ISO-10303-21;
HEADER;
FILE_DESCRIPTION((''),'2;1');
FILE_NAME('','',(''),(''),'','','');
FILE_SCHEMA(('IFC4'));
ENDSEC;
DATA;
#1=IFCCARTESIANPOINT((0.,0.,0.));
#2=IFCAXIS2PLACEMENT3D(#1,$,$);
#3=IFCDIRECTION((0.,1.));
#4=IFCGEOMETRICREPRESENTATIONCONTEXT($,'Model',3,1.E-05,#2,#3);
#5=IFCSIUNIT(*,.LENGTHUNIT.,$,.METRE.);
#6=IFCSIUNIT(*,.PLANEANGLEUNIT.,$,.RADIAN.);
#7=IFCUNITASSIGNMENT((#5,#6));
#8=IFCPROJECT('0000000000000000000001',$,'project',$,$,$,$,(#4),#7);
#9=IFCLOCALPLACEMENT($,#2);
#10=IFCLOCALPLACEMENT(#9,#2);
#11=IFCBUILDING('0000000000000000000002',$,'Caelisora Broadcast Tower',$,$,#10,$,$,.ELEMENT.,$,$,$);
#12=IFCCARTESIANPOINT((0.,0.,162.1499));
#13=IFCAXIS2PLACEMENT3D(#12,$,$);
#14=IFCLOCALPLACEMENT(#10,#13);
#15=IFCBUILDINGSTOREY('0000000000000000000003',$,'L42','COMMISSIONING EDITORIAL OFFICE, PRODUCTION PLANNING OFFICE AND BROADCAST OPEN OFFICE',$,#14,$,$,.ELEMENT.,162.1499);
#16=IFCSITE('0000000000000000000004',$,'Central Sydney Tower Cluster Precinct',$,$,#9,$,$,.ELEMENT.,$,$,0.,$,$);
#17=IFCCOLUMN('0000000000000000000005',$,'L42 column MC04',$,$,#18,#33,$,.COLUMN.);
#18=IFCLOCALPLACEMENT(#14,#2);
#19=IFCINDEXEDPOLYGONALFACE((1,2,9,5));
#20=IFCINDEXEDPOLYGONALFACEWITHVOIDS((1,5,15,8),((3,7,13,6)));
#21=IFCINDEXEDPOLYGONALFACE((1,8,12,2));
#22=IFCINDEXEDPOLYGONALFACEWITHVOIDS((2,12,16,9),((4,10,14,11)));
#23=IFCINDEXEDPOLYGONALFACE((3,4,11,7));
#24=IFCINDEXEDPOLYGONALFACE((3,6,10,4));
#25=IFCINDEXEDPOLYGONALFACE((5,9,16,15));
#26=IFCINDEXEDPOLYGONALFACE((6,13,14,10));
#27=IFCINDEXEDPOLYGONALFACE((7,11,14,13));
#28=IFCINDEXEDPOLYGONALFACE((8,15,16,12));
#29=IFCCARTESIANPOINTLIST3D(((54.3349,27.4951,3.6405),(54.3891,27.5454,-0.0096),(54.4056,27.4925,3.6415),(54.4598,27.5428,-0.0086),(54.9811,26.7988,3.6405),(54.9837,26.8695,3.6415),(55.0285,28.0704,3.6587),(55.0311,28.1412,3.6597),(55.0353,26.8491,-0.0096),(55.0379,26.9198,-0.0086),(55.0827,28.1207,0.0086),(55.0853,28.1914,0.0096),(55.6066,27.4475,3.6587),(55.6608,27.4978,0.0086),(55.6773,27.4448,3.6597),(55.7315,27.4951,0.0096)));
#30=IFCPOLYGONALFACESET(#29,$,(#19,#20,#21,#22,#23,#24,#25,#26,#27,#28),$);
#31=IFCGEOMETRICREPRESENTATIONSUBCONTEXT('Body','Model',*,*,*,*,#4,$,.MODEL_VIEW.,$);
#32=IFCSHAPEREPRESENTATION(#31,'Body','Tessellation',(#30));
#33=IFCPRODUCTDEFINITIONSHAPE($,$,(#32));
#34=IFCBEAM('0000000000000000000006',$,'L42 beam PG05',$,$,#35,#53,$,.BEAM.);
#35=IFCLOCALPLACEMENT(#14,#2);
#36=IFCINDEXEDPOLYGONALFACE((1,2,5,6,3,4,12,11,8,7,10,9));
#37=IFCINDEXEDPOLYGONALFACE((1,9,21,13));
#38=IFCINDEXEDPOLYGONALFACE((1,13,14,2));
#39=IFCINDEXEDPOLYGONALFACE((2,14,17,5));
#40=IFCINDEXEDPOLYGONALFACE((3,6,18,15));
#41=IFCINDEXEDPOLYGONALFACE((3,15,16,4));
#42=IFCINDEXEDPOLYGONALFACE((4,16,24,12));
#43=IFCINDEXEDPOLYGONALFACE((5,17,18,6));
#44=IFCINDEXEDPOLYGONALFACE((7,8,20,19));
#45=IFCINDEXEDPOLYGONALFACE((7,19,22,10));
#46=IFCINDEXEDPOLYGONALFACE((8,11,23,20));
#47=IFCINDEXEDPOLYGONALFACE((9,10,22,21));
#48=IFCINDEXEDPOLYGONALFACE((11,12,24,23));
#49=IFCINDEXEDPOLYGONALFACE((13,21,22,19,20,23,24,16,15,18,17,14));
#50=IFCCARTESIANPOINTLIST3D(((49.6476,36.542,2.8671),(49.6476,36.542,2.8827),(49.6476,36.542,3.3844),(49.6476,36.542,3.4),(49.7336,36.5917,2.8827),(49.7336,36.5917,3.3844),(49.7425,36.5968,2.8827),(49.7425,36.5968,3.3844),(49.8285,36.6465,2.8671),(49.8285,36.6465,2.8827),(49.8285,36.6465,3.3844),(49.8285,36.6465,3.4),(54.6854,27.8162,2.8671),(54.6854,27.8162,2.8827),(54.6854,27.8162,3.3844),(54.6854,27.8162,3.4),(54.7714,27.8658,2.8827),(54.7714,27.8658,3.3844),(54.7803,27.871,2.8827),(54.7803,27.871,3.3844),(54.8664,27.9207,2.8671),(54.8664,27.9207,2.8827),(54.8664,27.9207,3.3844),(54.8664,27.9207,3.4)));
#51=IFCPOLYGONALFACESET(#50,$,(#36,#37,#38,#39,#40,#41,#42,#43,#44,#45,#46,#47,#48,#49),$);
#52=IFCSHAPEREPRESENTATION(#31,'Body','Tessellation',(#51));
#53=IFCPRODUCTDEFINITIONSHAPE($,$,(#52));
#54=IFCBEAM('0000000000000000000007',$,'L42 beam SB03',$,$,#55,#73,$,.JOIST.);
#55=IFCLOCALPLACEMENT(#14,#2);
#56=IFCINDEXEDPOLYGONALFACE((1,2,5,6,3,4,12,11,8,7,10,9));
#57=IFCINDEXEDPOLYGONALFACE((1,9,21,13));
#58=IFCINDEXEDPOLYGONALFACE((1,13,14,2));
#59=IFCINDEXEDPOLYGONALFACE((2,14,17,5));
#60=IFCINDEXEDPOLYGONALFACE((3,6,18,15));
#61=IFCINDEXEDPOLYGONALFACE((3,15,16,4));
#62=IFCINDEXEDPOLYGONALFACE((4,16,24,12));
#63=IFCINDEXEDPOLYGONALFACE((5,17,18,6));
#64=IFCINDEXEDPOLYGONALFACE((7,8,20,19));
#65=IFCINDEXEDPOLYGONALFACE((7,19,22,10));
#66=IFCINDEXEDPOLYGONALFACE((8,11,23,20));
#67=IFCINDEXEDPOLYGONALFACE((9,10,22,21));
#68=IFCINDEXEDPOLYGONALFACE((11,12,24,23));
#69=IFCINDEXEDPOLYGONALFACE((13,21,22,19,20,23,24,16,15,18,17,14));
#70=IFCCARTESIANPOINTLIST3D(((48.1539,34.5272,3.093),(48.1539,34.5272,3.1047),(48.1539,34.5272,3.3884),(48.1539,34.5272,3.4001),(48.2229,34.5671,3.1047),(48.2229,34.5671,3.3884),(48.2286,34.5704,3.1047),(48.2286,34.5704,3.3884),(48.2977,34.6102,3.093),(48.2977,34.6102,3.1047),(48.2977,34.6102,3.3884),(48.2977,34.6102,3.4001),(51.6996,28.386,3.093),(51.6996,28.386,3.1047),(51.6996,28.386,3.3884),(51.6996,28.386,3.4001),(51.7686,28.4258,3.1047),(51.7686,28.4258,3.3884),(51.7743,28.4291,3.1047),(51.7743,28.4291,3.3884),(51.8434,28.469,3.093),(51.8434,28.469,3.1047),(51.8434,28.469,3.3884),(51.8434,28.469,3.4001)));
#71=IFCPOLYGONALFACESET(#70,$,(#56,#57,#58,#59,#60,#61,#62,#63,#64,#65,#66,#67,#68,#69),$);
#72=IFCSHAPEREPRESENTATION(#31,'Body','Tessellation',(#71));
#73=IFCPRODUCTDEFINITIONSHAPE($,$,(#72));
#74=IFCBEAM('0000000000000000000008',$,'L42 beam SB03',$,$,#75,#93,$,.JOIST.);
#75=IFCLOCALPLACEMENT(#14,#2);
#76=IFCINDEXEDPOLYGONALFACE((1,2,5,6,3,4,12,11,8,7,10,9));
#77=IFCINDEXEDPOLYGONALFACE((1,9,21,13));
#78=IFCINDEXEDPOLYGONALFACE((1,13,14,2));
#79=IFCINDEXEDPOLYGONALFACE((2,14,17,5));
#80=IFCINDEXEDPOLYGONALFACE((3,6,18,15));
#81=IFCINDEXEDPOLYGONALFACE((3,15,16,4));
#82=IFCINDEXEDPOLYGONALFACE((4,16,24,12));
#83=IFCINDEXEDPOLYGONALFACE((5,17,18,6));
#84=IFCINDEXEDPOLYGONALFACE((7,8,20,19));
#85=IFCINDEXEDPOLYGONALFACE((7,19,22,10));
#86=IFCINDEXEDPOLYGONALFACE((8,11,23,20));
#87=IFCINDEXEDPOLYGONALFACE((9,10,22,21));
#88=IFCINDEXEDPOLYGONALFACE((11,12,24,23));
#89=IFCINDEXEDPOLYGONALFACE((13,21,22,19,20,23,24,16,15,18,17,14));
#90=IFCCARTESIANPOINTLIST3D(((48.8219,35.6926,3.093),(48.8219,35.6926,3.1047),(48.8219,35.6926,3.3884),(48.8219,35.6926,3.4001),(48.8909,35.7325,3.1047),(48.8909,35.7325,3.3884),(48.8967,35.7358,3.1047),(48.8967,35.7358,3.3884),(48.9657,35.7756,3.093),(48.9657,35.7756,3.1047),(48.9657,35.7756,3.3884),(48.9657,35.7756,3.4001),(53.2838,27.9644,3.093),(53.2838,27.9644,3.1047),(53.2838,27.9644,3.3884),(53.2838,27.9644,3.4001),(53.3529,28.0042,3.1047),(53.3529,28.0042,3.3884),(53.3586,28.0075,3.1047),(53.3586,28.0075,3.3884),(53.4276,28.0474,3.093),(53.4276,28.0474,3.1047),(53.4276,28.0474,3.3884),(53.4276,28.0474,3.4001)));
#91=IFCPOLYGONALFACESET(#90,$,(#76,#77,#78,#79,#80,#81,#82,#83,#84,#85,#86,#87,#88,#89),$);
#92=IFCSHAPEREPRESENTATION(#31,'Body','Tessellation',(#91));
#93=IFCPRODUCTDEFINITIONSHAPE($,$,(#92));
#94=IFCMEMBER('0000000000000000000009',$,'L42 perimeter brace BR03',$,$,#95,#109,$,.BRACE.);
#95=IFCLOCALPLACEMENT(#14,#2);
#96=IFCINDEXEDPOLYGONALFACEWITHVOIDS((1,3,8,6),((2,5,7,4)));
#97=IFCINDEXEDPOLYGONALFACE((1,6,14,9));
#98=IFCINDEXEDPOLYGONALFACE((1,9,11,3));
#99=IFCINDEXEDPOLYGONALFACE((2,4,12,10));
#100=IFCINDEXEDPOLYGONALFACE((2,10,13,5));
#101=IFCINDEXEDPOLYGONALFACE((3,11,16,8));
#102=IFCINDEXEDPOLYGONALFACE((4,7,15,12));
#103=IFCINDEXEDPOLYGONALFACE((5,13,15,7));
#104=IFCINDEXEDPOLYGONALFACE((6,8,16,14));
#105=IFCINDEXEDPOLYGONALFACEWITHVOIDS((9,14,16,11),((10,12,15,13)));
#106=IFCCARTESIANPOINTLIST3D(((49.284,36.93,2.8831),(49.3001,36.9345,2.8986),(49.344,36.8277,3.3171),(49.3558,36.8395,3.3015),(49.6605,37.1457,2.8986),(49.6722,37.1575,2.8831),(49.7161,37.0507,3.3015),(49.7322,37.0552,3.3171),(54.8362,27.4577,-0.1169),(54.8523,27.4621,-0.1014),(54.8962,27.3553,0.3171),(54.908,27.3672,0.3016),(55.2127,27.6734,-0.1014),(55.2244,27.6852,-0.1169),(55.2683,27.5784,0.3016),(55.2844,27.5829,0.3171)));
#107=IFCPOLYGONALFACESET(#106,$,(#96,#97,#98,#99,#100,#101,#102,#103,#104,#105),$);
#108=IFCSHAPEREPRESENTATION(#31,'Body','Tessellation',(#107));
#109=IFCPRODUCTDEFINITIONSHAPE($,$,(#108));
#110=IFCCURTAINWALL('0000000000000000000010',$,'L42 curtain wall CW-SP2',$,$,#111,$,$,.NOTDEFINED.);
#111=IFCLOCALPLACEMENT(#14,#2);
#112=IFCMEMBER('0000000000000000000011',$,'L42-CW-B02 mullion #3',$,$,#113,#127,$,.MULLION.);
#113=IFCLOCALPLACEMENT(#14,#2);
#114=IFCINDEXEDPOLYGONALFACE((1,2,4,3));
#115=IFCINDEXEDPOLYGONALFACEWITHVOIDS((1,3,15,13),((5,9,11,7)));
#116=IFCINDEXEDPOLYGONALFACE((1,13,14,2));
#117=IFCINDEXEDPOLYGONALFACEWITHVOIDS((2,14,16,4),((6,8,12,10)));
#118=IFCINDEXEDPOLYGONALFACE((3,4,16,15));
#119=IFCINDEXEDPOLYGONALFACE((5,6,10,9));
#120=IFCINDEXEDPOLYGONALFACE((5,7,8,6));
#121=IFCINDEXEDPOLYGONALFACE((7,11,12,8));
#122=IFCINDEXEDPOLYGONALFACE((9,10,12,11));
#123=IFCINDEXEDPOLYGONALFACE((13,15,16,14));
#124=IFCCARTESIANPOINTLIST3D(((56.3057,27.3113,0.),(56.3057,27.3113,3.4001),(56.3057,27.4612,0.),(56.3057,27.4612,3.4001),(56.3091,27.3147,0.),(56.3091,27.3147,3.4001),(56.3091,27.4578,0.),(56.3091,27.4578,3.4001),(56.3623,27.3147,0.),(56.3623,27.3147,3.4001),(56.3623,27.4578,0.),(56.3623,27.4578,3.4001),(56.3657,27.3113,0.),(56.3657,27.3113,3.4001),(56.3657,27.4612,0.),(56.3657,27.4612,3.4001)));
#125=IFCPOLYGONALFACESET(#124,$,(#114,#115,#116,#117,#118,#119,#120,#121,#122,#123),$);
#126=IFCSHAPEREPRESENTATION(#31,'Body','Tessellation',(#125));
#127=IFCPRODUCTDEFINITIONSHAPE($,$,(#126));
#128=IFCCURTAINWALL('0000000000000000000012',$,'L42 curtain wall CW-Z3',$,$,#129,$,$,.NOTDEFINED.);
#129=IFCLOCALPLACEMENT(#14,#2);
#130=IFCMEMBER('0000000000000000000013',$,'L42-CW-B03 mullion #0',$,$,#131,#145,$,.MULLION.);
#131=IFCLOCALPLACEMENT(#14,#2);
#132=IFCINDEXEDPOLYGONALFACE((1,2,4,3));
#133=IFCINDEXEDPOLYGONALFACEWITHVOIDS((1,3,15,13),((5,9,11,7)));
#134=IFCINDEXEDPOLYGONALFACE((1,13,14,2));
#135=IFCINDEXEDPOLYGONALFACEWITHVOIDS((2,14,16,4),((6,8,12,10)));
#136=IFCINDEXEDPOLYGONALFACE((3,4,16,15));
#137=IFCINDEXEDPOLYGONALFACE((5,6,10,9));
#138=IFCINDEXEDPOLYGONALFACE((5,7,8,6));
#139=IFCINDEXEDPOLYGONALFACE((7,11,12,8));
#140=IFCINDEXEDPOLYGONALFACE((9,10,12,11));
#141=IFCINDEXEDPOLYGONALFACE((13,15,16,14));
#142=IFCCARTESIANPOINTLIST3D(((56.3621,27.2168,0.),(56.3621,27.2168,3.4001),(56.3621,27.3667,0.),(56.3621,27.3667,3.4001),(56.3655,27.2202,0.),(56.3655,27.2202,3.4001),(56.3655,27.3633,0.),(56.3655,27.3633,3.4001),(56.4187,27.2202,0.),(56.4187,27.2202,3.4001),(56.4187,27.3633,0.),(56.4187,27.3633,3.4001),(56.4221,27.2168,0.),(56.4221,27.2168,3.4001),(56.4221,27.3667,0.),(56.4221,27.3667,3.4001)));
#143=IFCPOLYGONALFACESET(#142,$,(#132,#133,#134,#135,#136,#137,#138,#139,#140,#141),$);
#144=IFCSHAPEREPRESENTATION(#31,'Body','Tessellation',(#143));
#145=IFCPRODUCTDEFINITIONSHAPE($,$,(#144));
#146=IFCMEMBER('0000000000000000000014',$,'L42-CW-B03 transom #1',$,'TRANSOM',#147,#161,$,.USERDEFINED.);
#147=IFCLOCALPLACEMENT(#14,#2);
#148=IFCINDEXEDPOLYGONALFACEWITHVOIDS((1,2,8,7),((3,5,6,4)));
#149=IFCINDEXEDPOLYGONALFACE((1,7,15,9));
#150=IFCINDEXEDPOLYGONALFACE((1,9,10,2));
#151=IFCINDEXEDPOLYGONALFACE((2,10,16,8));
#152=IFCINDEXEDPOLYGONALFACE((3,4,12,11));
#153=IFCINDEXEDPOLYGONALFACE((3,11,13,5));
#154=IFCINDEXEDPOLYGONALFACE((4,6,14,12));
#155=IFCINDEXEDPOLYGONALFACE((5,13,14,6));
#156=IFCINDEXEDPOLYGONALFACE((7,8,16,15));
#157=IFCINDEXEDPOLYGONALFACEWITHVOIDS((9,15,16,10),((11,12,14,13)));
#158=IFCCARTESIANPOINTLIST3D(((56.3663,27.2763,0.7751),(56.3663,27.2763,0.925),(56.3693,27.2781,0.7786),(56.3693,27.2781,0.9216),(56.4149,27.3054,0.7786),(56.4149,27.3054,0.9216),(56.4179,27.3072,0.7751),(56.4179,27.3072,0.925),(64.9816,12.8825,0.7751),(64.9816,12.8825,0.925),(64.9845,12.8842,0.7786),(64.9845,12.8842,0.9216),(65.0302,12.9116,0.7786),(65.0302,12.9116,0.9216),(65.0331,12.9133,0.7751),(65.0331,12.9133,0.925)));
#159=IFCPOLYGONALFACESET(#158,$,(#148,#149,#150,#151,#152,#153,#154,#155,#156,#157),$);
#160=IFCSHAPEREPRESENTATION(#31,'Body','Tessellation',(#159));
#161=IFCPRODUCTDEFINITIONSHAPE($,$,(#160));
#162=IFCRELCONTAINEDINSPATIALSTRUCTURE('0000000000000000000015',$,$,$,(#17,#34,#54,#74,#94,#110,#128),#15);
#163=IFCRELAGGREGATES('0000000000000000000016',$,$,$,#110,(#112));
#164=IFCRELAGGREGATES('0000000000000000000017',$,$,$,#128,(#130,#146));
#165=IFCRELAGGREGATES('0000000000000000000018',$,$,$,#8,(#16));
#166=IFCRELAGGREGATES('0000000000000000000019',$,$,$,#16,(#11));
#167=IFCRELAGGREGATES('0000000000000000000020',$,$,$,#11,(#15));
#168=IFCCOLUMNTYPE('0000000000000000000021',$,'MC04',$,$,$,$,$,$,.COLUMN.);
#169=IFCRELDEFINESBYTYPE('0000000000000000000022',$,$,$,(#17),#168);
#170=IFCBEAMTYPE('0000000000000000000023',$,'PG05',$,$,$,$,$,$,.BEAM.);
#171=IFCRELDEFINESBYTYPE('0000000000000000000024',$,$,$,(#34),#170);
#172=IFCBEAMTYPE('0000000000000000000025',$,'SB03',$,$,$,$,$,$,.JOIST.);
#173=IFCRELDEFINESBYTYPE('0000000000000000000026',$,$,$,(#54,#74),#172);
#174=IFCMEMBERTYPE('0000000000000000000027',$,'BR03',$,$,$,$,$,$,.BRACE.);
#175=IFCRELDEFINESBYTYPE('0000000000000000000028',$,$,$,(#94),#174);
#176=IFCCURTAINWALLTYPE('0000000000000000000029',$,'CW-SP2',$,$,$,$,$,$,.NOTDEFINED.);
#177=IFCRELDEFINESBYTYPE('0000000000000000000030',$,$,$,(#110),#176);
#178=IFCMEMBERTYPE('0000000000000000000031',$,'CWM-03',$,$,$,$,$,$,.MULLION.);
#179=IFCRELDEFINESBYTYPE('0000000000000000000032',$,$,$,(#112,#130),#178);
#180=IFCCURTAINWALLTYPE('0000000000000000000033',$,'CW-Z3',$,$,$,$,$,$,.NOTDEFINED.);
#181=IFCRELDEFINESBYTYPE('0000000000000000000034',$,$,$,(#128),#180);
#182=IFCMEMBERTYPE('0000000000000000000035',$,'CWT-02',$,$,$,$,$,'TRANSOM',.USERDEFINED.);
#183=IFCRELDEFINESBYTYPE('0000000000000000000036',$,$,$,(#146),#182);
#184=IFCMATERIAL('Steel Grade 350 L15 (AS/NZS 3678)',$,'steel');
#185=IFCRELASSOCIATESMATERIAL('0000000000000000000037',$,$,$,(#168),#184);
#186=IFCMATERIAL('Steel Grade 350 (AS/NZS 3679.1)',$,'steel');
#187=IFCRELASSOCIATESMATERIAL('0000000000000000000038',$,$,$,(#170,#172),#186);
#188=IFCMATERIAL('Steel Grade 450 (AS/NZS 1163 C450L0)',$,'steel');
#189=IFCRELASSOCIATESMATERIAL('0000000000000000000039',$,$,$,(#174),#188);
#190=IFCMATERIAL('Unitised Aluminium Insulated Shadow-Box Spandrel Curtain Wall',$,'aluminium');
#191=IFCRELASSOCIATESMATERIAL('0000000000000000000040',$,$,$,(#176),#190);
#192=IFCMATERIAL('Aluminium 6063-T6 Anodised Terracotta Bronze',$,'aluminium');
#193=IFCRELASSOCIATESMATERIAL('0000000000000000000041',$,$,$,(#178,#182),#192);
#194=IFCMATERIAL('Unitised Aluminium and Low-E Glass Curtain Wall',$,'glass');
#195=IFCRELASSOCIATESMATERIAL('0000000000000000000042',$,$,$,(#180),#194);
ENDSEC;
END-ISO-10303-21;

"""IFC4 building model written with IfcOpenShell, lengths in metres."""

from ifc_helpers import new_model, si_unit, direction, frame, origin, origin_2d, place, context, subcontext, project, spatial, hollow_rectangle, i_section, extrude, source, transform, mapped, material, material_profile, profile_set, type_object, type_shapes, element, aggregate, save


model = new_model("IFC4")

# Units and contexts
model_context = context("Model", 3, precision=1e-05, world=origin(), true_north=direction((0.0, 1.0)))
body_context = subcontext(model_context, "Body", "Model", "MODEL_VIEW")
ifc_project = project(units=[si_unit("LENGTHUNIT", "METRE"), si_unit("PLANEANGLEUNIT", "RADIAN")], contexts=[model_context])

# Site, building, storey
site_placement = place(None, origin())
site = spatial("IfcSite", under=ifc_project, at=site_placement, Name="Central Sydney Tower Cluster Precinct", CompositionType="ELEMENT", RefElevation=0.0)
building_placement = place(site_placement, origin())
building = spatial("IfcBuilding", under=site, at=building_placement, Name="Caelisora Broadcast Tower", CompositionType="ELEMENT")
storey_placement = place(building_placement, frame((0.0, 0.0, 162.1499)))
storey = spatial("IfcBuildingStorey", under=building, at=storey_placement, Name="L42", Description="COMMISSIONING EDITORIAL OFFICE, PRODUCTION PLANNING OFFICE AND BROADCAST OPEN OFFICE", CompositionType="ELEMENT", Elevation=162.1499)

# Column
ifc_material_1 = material(Name="Steel Grade 350 L15 (AS/NZS 3678)", Category="steel")
ifc_material_profile_1 = material_profile(ifc_material_1, hollow_rectangle(XDim=0.95, YDim=0.95, WallThickness=0.05, at=origin_2d()), Name="Steel Grade 350 L15 (AS/NZS 3678)")
ifc_profile_set_1 = profile_set([ifc_material_profile_1], Name="Steel Grade 350 L15 (AS/NZS 3678)")
column_type = type_object("IfcColumnType", Name="MC04", PredefinedType="COLUMN", material=ifc_profile_set_1)
shared_shape_1 = source(origin(), body_context, "Body", "SweptSolid", [
    extrude(hollow_rectangle(XDim=0.95, YDim=0.95, WallThickness=0.05, at=origin_2d()), origin(), (0.0, 0.0, 1.0), 3.6509),
])
type_shapes(column_type, [shared_shape_1])
column_placement = place(storey_placement, frame((55.0603, 27.5203, 0.0), z_axis=(-0.014845, -0.013776, 0.999795), x_axis=(0.680198, -0.733029, 0.0)))
element("IfcColumn", 1, at=column_placement, inside=storey, type_object=column_type, Name="L42 column MC04", PredefinedType="COLUMN", context=body_context, shape_type="MappedRepresentation", body=[
    mapped(shared_shape_1, transform((0.0, 0.0, 0.0), scale=1.0)),
])

# Beams
ifc_material_2 = material(Name="Steel Grade 350 (AS/NZS 3679.1)", Category="steel")
ifc_material_profile_2 = material_profile(ifc_material_2, i_section(OverallWidth=0.209, OverallDepth=0.533, WebThickness=0.0103, FlangeThickness=0.0156, at=origin_2d()), Name="Steel Grade 350 (AS/NZS 3679.1)")
ifc_profile_set_2 = profile_set([ifc_material_profile_2], Name="Steel Grade 350 (AS/NZS 3679.1)")
beam_type_1 = type_object("IfcBeamType", Name="PG05", PredefinedType="BEAM", material=ifc_profile_set_2)
shared_shape_2 = source(origin(), body_context, "Body", "SweptSolid", [
    extrude(i_section(OverallWidth=0.209, OverallDepth=0.533, WebThickness=0.0103, FlangeThickness=0.0156, at=origin_2d()), origin(), (0.0, 0.0, 1.0), 10.0757),
])
type_shapes(beam_type_1, [shared_shape_2])
beam_1_placement = place(storey_placement, frame((54.7759, 27.8684, 3.1335), z_axis=(-0.499999, 0.866026, 0.0), x_axis=(-0.866026, -0.499999, 0.0)))
element("IfcBeam", 2, at=beam_1_placement, inside=storey, type_object=beam_type_1, Name="L42 beam PG05", PredefinedType="BEAM", context=body_context, shape_type="MappedRepresentation", body=[
    mapped(shared_shape_2, transform((0.0, 0.0, 0.0), scale=1.0)),
])
ifc_material_profile_3 = material_profile(ifc_material_2, i_section(OverallWidth=0.166, OverallDepth=0.3071, WebThickness=0.0066, FlangeThickness=0.0117, at=origin_2d()), Name="Steel Grade 350 (AS/NZS 3679.1)")
ifc_profile_set_3 = profile_set([ifc_material_profile_3], Name="Steel Grade 350 (AS/NZS 3679.1)")
beam_type_2 = type_object("IfcBeamType", Name="SB03", PredefinedType="JOIST", material=ifc_profile_set_3)
shared_shape_3 = source(origin(), body_context, "Body", "SweptSolid", [
    extrude(i_section(OverallWidth=0.166, OverallDepth=0.3071, WebThickness=0.0066, FlangeThickness=0.0117, at=origin_2d()), origin(), (0.0, 0.0, 1.0), 7.0913),
])
beam_2_placement = place(storey_placement, frame((51.7715, 28.4275, 3.2466), z_axis=(-0.500009, 0.86602, 0.0), x_axis=(-0.86602, -0.500009, 0.0)))
element("IfcBeam", 3, at=beam_2_placement, inside=storey, type_object=beam_type_2, Name="L42 beam SB03", PredefinedType="JOIST", context=body_context, shape_type="MappedRepresentation", body=[
    mapped(shared_shape_3, transform((0.0, 0.0, 0.0), scale=1.0)),
])
shared_shape_4 = source(origin(), body_context, "Body", "SweptSolid", [
    extrude(i_section(OverallWidth=0.166, OverallDepth=0.3071, WebThickness=0.0066, FlangeThickness=0.0117, at=origin_2d()), origin(), (0.0, 0.0, 1.0), 8.9238),
])
type_shapes(beam_type_2, [shared_shape_3, shared_shape_4])
beam_3_placement = place(storey_placement, frame((53.3557, 28.0059, 3.2466), z_axis=(-0.5, 0.866026, 0.0), x_axis=(-0.866026, -0.5, 0.0)))
element("IfcBeam", 4, at=beam_3_placement, inside=storey, type_object=beam_type_2, Name="L42 beam SB03", PredefinedType="JOIST", context=body_context, shape_type="MappedRepresentation", body=[
    mapped(shared_shape_4, transform((0.0, 0.0, 0.0), scale=1.0)),
])

# Member
ifc_material_3 = material(Name="Steel Grade 450 (AS/NZS 1163 C450L0)", Category="steel")
ifc_material_profile_4 = material_profile(ifc_material_3, hollow_rectangle(XDim=0.45, YDim=0.45, WallThickness=0.0161, at=origin_2d()), Name="Steel Grade 450 (AS/NZS 1163 C450L0)")
ifc_profile_set_4 = profile_set([ifc_material_profile_4], Name="Steel Grade 450 (AS/NZS 1163 C450L0)")
member_type_1 = type_object("IfcMemberType", Name="BR03", PredefinedType="BRACE", material=ifc_profile_set_4)
shared_shape_5 = source(origin(), body_context, "Body", "SweptSolid", [
    extrude(hollow_rectangle(XDim=0.45, YDim=0.45, WallThickness=0.0161, at=origin_2d()), origin(), (0.0, 0.0, 1.0), 11.3821),
])
type_shapes(member_type_1, [shared_shape_5])
member_1_placement = place(storey_placement, frame((55.0603, 27.5203, 0.1001), z_axis=(-0.487802, 0.832214, 0.26357), x_axis=(-0.86272, -0.505682, 0.0)))
element("IfcMember", 5, at=member_1_placement, inside=storey, type_object=member_type_1, Name="L42 perimeter brace BR03", PredefinedType="BRACE", context=body_context, shape_type="MappedRepresentation", body=[
    mapped(shared_shape_5, transform((0.0, 0.0, 0.0), scale=1.0)),
])

# Curtain wall, member
ifc_material_4 = material(Name="Unitised Aluminium Insulated Shadow-Box Spandrel Curtain Wall", Category="aluminium")
curtain_wall_type_1 = type_object("IfcCurtainWallType", Name="CW-SP2", PredefinedType="NOTDEFINED", material=ifc_material_4)
curtain_wall_1_placement = place(storey_placement, origin())
curtain_wall_1 = element("IfcCurtainWall", 6, at=curtain_wall_1_placement, inside=storey, type_object=curtain_wall_type_1, Name="L42 curtain wall CW-SP2", PredefinedType="NOTDEFINED")
ifc_material_5 = material(Name="Aluminium 6063-T6 Anodised Terracotta Bronze", Category="aluminium")
ifc_material_profile_5 = material_profile(ifc_material_5, hollow_rectangle(XDim=0.0601, YDim=0.1499, WallThickness=0.0034, at=origin_2d()), Name="Aluminium 6063-T6 Anodised Terracotta Bronze")
ifc_profile_set_5 = profile_set([ifc_material_profile_5], Name="Aluminium 6063-T6 Anodised Terracotta Bronze")
member_type_2 = type_object("IfcMemberType", Name="CWM-03", PredefinedType="MULLION", material=ifc_profile_set_5)
shared_shape_6 = source(origin(), body_context, "Body", "SweptSolid", [
    extrude(hollow_rectangle(XDim=0.0601, YDim=0.1499, WallThickness=0.0034, at=origin_2d()), origin(), (0.0, 0.0, 1.0), 3.4001),
])
type_shapes(member_type_2, [shared_shape_6])
member_2_placement = place(storey_placement, frame((56.3357, 27.3862, 0.0), z_axis=(0.0, 0.0, 1.0), x_axis=(1.0, 0.0, 0.0)))
member_2 = element("IfcMember", 7, at=member_2_placement, type_object=member_type_2, Name="L42-CW-B02 mullion #3", PredefinedType="MULLION", context=body_context, shape_type="MappedRepresentation", body=[
    mapped(shared_shape_6, transform((0.0, 0.0, 0.0), scale=1.0)),
])

# Curtain wall, members
ifc_material_6 = material(Name="Unitised Aluminium and Low-E Glass Curtain Wall", Category="glass")
curtain_wall_type_2 = type_object("IfcCurtainWallType", Name="CW-Z3", PredefinedType="NOTDEFINED", material=ifc_material_6)
curtain_wall_2_placement = place(storey_placement, origin())
curtain_wall_2 = element("IfcCurtainWall", 8, at=curtain_wall_2_placement, inside=storey, type_object=curtain_wall_type_2, Name="L42 curtain wall CW-Z3", PredefinedType="NOTDEFINED")
member_3_placement = place(storey_placement, frame((56.3921, 27.2917, 0.0), z_axis=(0.0, 0.0, 1.0), x_axis=(1.0, 0.0, 0.0)))
member_3 = element("IfcMember", 9, at=member_3_placement, type_object=member_type_2, Name="L42-CW-B03 mullion #0", PredefinedType="MULLION", context=body_context, shape_type="MappedRepresentation", body=[
    mapped(shared_shape_6, transform((0.0, 0.0, 0.0), scale=1.0)),
])
ifc_material_profile_6 = material_profile(ifc_material_5, hollow_rectangle(XDim=0.0601, YDim=0.1499, WallThickness=0.0034, at=origin_2d()), Name="Aluminium 6063-T6 Anodised Terracotta Bronze")
ifc_profile_set_6 = profile_set([ifc_material_profile_6], Name="Aluminium 6063-T6 Anodised Terracotta Bronze")
member_type_3 = type_object("IfcMemberType", Name="CWT-02", ElementType="TRANSOM", PredefinedType="USERDEFINED", material=ifc_profile_set_6)
shared_shape_7 = source(origin(), body_context, "Body", "SweptSolid", [
    extrude(hollow_rectangle(XDim=0.0601, YDim=0.1499, WallThickness=0.0034, at=origin_2d()), origin(), (0.0, 0.0, 1.0), 16.7751),
])
type_shapes(member_type_3, [shared_shape_7])
member_4_placement = place(storey_placement, frame((56.3921, 27.2917, 0.8501), z_axis=(0.513573, -0.858046, 0.0), x_axis=(0.858046, 0.513573, 0.0)))
member_4 = element("IfcMember", 10, at=member_4_placement, type_object=member_type_3, Name="L42-CW-B03 transom #1", ObjectType="TRANSOM", PredefinedType="USERDEFINED", context=body_context, shape_type="MappedRepresentation", body=[
    mapped(shared_shape_7, transform((0.0, 0.0, 0.0), scale=1.0)),
])

aggregate(curtain_wall_1, [member_2])
aggregate(curtain_wall_2, [member_3, member_4])

save(model, "model.ifc")
